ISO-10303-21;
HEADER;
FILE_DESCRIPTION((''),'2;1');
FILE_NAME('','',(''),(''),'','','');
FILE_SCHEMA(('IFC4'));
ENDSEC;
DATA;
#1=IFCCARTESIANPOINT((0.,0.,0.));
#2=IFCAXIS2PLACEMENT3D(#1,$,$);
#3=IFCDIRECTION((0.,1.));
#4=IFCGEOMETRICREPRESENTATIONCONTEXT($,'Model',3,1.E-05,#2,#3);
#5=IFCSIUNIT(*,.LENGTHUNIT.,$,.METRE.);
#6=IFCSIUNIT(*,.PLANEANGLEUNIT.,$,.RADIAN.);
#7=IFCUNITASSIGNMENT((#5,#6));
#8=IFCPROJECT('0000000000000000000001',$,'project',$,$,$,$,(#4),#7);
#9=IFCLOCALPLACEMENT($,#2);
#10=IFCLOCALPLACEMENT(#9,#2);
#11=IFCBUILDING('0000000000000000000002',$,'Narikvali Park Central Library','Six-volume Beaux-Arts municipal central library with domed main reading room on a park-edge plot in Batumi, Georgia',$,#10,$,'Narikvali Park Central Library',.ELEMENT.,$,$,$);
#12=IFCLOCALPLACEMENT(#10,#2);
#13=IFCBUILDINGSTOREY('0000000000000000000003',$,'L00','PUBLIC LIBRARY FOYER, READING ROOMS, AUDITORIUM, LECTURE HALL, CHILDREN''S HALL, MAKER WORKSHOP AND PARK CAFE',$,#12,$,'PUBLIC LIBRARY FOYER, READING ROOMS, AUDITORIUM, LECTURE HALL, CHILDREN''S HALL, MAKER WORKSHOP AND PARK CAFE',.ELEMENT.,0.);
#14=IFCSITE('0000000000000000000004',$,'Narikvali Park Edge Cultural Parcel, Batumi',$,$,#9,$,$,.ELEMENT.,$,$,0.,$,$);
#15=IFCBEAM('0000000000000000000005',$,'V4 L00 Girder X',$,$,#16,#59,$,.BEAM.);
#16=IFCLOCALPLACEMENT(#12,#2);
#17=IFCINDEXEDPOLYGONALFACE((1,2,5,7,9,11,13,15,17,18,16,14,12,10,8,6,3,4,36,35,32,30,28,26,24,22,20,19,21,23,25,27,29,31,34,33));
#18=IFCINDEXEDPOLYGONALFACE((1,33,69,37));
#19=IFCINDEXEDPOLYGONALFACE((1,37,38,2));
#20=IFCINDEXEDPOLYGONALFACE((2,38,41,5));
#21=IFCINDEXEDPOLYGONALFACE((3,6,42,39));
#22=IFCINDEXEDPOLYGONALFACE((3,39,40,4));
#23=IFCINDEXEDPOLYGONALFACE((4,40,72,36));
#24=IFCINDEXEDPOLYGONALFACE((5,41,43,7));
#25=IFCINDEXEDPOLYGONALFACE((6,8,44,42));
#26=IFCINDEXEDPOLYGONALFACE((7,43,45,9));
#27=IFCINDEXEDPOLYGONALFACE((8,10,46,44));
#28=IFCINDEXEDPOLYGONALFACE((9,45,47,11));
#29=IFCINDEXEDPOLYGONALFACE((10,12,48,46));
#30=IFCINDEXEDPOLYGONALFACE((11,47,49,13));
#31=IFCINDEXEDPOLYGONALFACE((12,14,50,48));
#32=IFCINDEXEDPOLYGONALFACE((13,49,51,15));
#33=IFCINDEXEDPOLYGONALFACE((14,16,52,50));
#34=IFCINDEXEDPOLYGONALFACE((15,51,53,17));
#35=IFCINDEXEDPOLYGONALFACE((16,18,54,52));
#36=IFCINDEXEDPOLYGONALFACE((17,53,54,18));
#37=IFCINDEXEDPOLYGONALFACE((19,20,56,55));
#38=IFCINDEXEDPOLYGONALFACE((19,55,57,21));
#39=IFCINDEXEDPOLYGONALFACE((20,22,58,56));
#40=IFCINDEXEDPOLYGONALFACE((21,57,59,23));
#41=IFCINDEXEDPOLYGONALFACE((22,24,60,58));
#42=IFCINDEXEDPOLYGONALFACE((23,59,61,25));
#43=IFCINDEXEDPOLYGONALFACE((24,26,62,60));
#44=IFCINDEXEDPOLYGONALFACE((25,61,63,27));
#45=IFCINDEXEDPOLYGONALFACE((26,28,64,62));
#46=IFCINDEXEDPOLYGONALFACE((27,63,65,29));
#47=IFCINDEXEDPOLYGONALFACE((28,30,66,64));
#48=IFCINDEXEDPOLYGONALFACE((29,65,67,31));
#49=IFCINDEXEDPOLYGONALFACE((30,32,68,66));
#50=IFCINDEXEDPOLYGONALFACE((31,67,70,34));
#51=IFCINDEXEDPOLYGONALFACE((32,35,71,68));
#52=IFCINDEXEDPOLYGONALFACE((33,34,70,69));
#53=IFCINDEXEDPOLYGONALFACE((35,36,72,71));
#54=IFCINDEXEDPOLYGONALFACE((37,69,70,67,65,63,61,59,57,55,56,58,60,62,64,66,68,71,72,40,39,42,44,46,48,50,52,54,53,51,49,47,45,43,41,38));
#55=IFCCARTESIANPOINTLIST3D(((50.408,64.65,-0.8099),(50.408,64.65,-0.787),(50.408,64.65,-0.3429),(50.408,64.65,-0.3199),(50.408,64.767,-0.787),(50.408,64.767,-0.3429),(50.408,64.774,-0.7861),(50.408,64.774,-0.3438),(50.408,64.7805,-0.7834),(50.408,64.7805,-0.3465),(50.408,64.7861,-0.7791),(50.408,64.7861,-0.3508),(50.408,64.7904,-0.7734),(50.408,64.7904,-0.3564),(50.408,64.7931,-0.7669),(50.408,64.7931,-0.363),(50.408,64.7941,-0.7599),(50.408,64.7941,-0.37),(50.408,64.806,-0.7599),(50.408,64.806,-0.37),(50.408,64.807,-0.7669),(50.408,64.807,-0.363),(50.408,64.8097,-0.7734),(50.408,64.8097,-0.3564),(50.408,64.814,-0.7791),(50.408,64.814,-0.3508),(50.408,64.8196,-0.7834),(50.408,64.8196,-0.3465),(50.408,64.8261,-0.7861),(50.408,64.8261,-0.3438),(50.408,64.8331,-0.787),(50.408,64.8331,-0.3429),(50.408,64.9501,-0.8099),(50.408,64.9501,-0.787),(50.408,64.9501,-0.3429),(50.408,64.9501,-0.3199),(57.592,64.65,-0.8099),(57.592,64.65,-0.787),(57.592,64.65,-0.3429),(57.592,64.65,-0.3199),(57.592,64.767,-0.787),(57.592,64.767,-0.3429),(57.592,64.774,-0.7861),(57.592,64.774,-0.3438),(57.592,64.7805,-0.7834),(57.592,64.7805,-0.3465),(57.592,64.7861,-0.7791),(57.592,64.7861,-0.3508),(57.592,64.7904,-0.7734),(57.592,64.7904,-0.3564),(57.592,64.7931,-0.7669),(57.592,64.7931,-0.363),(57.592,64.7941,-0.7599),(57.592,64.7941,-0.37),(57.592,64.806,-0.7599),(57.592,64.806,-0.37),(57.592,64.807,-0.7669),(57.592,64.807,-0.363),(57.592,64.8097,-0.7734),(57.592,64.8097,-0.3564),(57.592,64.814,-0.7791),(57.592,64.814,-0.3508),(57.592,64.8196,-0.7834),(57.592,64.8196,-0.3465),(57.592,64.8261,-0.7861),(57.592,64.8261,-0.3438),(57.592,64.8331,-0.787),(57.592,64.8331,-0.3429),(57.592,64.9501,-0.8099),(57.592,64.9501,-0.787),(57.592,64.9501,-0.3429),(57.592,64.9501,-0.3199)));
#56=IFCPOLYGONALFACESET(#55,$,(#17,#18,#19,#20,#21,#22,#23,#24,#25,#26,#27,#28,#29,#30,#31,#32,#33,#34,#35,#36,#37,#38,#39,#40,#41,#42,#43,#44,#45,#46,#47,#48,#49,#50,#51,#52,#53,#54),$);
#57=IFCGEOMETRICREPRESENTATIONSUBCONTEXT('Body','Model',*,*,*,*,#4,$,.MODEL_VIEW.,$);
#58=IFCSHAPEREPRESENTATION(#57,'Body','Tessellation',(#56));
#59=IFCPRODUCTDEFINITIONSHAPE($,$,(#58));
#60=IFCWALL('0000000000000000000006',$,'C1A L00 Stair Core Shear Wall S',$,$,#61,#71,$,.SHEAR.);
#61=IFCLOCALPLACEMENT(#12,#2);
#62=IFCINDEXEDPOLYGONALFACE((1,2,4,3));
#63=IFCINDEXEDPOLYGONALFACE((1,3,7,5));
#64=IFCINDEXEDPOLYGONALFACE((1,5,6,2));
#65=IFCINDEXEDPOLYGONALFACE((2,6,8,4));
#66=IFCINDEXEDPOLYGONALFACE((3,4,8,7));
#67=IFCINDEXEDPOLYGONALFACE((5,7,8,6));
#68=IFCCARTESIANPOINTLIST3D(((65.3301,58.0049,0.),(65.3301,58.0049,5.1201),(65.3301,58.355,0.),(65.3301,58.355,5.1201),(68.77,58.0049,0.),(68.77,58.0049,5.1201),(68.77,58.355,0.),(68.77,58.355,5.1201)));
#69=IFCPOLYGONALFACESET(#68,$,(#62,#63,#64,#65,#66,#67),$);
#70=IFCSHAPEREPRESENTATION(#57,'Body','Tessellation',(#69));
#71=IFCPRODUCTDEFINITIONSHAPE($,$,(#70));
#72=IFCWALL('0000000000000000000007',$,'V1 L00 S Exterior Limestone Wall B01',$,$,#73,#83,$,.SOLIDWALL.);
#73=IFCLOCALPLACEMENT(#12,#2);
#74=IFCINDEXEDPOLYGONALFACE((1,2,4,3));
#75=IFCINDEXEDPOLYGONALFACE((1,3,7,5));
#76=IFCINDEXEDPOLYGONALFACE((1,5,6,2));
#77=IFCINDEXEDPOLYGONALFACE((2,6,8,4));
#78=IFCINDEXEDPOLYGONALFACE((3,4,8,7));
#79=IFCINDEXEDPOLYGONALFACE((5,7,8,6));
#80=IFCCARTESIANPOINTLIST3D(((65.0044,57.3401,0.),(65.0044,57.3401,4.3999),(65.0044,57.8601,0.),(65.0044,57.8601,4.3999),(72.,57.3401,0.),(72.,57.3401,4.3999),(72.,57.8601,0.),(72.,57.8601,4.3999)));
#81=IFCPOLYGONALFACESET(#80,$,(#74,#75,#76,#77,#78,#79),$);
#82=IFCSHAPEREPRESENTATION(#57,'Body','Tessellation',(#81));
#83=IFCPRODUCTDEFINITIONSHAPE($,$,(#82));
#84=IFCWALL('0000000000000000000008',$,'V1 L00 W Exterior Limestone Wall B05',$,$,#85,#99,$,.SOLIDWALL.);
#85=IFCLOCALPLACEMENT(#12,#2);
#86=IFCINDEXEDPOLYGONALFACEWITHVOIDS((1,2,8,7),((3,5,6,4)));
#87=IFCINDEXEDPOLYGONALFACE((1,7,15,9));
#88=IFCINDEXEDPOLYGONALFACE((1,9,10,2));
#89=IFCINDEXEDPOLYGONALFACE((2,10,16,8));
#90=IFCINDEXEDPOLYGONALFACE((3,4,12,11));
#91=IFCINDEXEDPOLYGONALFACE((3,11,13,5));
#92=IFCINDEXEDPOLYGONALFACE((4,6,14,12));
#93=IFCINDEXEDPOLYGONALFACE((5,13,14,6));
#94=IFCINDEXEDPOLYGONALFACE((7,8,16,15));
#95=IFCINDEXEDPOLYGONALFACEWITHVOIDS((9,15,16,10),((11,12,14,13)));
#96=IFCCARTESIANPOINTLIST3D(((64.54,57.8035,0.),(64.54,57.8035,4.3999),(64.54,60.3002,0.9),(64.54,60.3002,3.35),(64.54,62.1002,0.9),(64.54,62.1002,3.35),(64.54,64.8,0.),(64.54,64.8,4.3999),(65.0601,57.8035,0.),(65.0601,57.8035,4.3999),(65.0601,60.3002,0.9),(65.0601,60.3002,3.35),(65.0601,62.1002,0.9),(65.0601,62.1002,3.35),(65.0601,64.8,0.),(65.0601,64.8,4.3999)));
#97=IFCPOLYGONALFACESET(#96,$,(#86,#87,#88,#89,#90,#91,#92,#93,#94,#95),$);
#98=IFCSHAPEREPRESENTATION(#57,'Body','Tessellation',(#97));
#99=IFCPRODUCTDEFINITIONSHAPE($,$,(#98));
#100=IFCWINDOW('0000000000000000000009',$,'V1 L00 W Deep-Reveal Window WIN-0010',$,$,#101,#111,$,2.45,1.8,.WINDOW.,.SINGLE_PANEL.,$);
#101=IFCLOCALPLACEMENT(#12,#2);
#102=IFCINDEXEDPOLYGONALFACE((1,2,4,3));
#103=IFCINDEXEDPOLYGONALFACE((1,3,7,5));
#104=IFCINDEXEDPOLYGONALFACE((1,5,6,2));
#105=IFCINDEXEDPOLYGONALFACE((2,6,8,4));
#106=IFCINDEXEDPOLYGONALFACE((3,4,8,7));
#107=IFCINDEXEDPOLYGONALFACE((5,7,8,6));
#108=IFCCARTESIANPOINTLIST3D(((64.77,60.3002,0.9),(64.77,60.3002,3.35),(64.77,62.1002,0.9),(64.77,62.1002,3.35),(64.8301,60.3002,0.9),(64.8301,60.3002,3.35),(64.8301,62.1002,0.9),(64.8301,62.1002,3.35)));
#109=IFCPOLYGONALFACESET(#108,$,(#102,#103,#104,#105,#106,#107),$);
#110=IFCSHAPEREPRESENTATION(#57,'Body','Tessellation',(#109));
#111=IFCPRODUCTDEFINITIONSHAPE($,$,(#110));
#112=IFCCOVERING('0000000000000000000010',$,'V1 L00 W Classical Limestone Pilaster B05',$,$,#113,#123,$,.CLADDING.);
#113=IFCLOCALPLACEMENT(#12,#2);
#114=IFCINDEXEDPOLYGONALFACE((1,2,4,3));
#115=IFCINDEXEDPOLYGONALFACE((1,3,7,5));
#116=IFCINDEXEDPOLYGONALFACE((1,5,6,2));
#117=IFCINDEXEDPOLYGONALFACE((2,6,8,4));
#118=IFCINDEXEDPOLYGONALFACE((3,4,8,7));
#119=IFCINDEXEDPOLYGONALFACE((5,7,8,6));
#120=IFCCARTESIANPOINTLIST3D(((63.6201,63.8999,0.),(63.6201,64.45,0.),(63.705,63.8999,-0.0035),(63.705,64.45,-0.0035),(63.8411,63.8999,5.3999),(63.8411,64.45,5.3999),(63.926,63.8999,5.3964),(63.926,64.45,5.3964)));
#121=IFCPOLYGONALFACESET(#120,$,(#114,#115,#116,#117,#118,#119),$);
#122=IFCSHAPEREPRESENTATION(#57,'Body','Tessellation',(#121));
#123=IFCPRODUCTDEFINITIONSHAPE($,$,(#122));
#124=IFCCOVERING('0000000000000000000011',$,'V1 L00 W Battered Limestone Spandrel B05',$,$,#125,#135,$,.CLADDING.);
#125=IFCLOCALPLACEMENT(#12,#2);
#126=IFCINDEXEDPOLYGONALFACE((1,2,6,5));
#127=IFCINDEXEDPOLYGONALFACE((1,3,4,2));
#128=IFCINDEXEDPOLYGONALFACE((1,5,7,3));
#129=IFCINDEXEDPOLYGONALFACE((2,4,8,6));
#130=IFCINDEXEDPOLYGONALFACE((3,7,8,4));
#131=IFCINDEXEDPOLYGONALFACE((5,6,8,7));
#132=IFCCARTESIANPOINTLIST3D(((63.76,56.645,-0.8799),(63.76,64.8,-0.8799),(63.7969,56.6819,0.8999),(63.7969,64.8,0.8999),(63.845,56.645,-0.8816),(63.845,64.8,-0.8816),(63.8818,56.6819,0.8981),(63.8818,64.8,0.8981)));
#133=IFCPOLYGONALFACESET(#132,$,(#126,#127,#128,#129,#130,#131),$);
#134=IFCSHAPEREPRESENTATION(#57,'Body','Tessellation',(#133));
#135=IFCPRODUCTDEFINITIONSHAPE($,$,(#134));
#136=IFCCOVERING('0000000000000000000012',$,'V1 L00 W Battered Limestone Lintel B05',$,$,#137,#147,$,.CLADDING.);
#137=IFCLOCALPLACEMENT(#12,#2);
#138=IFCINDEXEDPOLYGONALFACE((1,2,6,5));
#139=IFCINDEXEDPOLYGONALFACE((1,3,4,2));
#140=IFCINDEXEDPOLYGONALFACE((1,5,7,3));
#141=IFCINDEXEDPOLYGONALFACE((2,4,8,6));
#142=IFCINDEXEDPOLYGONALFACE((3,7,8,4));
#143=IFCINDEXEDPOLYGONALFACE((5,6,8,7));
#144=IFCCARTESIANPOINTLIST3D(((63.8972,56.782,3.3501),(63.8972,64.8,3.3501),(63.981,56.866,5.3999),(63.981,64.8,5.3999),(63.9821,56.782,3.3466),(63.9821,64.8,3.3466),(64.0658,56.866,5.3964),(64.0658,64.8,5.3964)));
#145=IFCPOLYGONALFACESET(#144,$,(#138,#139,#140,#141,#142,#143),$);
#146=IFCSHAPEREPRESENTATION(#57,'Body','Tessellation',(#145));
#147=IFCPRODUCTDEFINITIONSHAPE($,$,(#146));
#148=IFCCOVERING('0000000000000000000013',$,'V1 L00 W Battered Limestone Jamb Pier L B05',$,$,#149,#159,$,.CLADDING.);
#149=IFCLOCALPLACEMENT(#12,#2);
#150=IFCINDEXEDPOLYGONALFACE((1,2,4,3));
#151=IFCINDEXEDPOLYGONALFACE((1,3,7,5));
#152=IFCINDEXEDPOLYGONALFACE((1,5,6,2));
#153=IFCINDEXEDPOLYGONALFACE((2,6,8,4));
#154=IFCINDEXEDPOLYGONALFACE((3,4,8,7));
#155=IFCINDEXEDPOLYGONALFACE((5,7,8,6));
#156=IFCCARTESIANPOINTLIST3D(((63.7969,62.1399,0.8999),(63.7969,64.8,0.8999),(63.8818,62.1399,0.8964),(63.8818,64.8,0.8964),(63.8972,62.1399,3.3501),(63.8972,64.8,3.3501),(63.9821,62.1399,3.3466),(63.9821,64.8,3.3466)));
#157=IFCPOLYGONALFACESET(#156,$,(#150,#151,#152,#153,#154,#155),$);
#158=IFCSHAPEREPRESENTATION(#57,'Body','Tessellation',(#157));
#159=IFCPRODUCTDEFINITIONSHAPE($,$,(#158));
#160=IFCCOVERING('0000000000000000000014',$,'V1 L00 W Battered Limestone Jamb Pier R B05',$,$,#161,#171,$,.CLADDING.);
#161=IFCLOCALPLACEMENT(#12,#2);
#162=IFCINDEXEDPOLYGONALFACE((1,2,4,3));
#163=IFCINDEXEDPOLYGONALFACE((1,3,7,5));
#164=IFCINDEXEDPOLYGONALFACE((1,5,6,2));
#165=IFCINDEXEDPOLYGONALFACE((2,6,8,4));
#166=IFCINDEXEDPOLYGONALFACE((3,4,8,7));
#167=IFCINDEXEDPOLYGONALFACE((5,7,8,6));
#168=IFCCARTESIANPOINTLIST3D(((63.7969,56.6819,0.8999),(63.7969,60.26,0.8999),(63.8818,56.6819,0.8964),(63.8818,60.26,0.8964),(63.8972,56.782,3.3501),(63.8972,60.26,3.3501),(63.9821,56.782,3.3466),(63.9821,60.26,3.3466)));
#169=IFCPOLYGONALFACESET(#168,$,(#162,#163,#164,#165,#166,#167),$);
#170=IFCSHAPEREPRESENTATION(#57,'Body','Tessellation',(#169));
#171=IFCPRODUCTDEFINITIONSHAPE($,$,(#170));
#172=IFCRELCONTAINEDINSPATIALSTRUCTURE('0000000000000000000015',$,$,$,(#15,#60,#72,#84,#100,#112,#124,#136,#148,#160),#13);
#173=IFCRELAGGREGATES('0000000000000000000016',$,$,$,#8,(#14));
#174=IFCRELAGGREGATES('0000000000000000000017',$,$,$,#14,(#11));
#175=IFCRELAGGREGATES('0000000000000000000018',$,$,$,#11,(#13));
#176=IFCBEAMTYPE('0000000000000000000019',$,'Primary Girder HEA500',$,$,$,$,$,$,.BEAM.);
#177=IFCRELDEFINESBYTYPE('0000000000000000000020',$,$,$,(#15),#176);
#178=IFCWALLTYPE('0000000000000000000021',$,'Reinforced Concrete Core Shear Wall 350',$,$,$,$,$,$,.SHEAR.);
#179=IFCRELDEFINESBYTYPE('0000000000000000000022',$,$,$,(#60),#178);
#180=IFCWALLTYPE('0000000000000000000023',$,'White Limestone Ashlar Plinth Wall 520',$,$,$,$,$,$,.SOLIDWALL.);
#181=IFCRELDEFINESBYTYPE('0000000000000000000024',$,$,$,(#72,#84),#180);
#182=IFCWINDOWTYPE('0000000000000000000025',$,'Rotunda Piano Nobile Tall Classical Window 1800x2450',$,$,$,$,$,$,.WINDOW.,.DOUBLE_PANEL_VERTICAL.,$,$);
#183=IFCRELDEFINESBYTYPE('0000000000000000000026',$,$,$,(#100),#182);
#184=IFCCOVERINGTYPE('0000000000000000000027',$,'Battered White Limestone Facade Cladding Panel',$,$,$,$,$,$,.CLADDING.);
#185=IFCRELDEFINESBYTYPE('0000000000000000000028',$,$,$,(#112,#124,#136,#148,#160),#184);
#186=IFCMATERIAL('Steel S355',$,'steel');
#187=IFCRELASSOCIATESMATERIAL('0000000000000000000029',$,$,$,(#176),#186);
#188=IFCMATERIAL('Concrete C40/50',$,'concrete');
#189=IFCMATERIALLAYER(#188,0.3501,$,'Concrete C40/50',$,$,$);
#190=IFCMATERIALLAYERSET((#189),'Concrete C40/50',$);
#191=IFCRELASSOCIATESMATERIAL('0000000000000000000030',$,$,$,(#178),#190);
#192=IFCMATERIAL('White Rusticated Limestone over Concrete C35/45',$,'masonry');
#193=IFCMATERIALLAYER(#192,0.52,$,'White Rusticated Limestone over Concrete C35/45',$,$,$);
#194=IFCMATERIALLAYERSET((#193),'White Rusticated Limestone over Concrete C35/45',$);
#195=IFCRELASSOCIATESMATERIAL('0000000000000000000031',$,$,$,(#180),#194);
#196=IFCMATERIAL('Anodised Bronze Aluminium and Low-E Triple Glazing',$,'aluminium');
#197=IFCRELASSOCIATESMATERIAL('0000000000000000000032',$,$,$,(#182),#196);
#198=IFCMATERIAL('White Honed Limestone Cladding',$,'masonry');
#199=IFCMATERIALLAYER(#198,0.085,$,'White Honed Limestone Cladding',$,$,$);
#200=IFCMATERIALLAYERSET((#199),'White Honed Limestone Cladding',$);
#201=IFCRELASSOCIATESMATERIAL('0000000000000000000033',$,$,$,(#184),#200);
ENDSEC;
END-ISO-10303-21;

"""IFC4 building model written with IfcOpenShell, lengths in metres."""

from ifc_helpers import new_model, si_unit, direction, frame, frame_2d, origin, origin_2d, place, context, subcontext, project, spatial, polyline, rectangle, i_section, outline, extrude, material, layer, layer_set, material_profile, profile_set, type_object, element, fill, save


model = new_model("IFC4")

# Units and contexts
model_context = context("Model", 3, precision=1e-05, world=origin(), true_north=direction((0.0, 1.0)))
body_context = subcontext(model_context, "Body", "Model", "MODEL_VIEW")
ifc_project = project(units=[si_unit("LENGTHUNIT", "METRE"), si_unit("PLANEANGLEUNIT", "RADIAN")], contexts=[model_context])

# Site, building, storey
site_placement = place(None, origin())
site = spatial("IfcSite", under=ifc_project, at=site_placement, Name="Narikvali Park Edge Cultural Parcel, Batumi", CompositionType="ELEMENT", RefElevation=0.0)
building_placement = place(site_placement, origin())
building = spatial("IfcBuilding", under=site, at=building_placement, Name="Narikvali Park Central Library", Description="Six-volume Beaux-Arts municipal central library with domed main reading room on a park-edge plot in Batumi, Georgia", LongName="Narikvali Park Central Library", CompositionType="ELEMENT")
storey_placement = place(building_placement, origin())
storey = spatial("IfcBuildingStorey", under=building, at=storey_placement, Name="L00", Description="PUBLIC LIBRARY FOYER, READING ROOMS, AUDITORIUM, LECTURE HALL, CHILDREN'S HALL, MAKER WORKSHOP AND PARK CAFE", LongName="PUBLIC LIBRARY FOYER, READING ROOMS, AUDITORIUM, LECTURE HALL, CHILDREN'S HALL, MAKER WORKSHOP AND PARK CAFE", CompositionType="ELEMENT", Elevation=0.0)

# Shared definitions
ifc_material_1 = material(Name="Steel S355", Category="steel")

# Beam
ifc_material_profile_1 = material_profile(ifc_material_1, i_section(OverallWidth=0.3, OverallDepth=0.49, WebThickness=0.012, FlangeThickness=0.0229, FilletRadius=0.0271, at=origin_2d()), Name="HEA 500")
ifc_profile_set_1 = profile_set([ifc_material_profile_1], Name="Steel S355")
beam_type_1 = type_object("IfcBeamType", Name="Primary Girder HEA500", PredefinedType="BEAM", material=ifc_profile_set_1)
beam_1_placement = place(storey_placement, frame((50.408, 64.8, -0.5649), z_axis=(1.0, 0.0, 0.0), x_axis=(0.0, 1.0, 0.0)))
element("IfcBeam", 1, at=beam_1_placement, inside=storey, type_object=beam_type_1, Name="V4 L00 Girder X", PredefinedType="BEAM", context=body_context, shape_type="SweptSolid", body=[
    extrude(i_section(OverallWidth=0.3, OverallDepth=0.49, WebThickness=0.012, FlangeThickness=0.0229, FilletRadius=0.0271, at=origin_2d()), origin(), (0.0, 0.0, 1.0), 7.1841),
])

# Walls
ifc_material_2 = material(Name="Concrete C40/50", Category="concrete")
ifc_layer_1 = layer(ifc_material_2, 0.3501, Name="Concrete C40/50")
ifc_layer_set_1 = layer_set([ifc_layer_1], Name="Concrete C40/50")
wall_type_1 = type_object("IfcWallType", Name="Reinforced Concrete Core Shear Wall 350", PredefinedType="SHEAR", material=ifc_layer_set_1)
wall_1_placement = place(storey_placement, frame((65.3301, 58.1799, 0.0), z_axis=(0.0, 0.0, 1.0), x_axis=(1.0, 0.0, 0.0)))
element("IfcWall", 2, at=wall_1_placement, inside=storey, type_object=wall_type_1, Name="C1A L00 Stair Core Shear Wall S", PredefinedType="SHEAR", context=body_context, shape_type="SweptSolid", body=[
    extrude(rectangle(XDim=3.4399, YDim=0.3501, at=frame_2d((1.72, 0.0))), origin(), (0.0, 0.0, 1.0), 5.1201),
])
ifc_material_3 = material(Name="White Rusticated Limestone over Concrete C35/45", Category="masonry")
ifc_layer_2 = layer(ifc_material_3, 0.52, Name="White Rusticated Limestone over Concrete C35/45")
ifc_layer_set_2 = layer_set([ifc_layer_2], Name="White Rusticated Limestone over Concrete C35/45")
wall_type_2 = type_object("IfcWallType", Name="White Limestone Ashlar Plinth Wall 520", PredefinedType="SOLIDWALL", material=ifc_layer_set_2)
wall_2_placement = place(storey_placement, frame((65.0044, 57.6001, 0.0), z_axis=(0.0, 0.0, 1.0), x_axis=(1.0, 0.0, 0.0)))
element("IfcWall", 3, at=wall_2_placement, inside=storey, type_object=wall_type_2, Name="V1 L00 S Exterior Limestone Wall B01", PredefinedType="SOLIDWALL", context=body_context, shape_type="SweptSolid", body=[
    extrude(rectangle(XDim=6.9956, YDim=0.52, at=frame_2d((3.4978, 0.0))), origin(), (0.0, 0.0, 1.0), 4.3999),
])

# Wall, opening, window
wall_3_placement = place(storey_placement, frame((64.8, 64.8, 0.0), z_axis=(0.0, 0.0, 1.0), x_axis=(0.0, -1.0, 0.0)))
wall_3 = element("IfcWall", 4, at=wall_3_placement, inside=storey, type_object=wall_type_2, Name="V1 L00 W Exterior Limestone Wall B05", PredefinedType="SOLIDWALL", context=body_context, shape_type="SweptSolid", body=[
    extrude(rectangle(XDim=6.9966, YDim=0.52, at=frame_2d((3.4983, 0.0))), origin(), (0.0, 0.0, 1.0), 4.3999),
])
opening_placement = place(wall_3_placement, frame((2.7, 0.0, 0.8999)))
opening = element("IfcOpeningElement", 5, at=opening_placement, cuts=wall_3, PredefinedType="OPENING", context=body_context, shape_type="SweptSolid", body=[
    extrude(rectangle(XDim=1.8, YDim=2.45, at=frame_2d((0.8999, 1.2251))), frame((0.0, 0.272, 0.0), z_axis=(0.0, -1.0, 0.0), x_axis=(1.0, 0.0, 0.0)), (0.0, 0.0, 1.0), 0.5439),
])
ifc_material_4 = material(Name="Anodised Bronze Aluminium and Low-E Triple Glazing", Category="aluminium")
window_type = type_object("IfcWindowType", Name="Rotunda Piano Nobile Tall Classical Window 1800x2450", PartitioningType="DOUBLE_PANEL_VERTICAL", PredefinedType="WINDOW", material=ifc_material_4)
window_placement = place(opening_placement, origin())
window = element("IfcWindow", 6, at=window_placement, inside=storey, type_object=window_type, Name="V1 L00 W Deep-Reveal Window WIN-0010", OverallHeight=2.45, OverallWidth=1.8, PartitioningType="SINGLE_PANEL", PredefinedType="WINDOW", context=body_context, shape_type="SweptSolid", body=[
    extrude(rectangle(XDim=1.8, YDim=2.45, at=frame_2d((0.8999, 1.2251))), frame((0.0, 0.03, 0.0), z_axis=(0.0, -1.0, 0.0), x_axis=(1.0, 0.0, 0.0)), (0.0, 0.0, 1.0), 0.0601),
])
fill(opening, window)

# Coverings
ifc_material_5 = material(Name="White Honed Limestone Cladding", Category="masonry")
ifc_layer_3 = layer(ifc_material_5, 0.085, Name="White Honed Limestone Cladding")
ifc_layer_set_3 = layer_set([ifc_layer_3], Name="White Honed Limestone Cladding")
covering_type = type_object("IfcCoveringType", Name="Battered White Limestone Facade Cladding Panel", PredefinedType="CLADDING", material=ifc_layer_set_3)
covering_1_placement = place(storey_placement, frame((63.6201, 64.45, 0.0), z_axis=(-0.999164, 0.0, 0.040883), x_axis=(0.0, -1.0, 0.0)))
element("IfcCovering", 7, at=covering_1_placement, inside=storey, type_object=covering_type, Name="V1 L00 W Classical Limestone Pilaster B05", PredefinedType="CLADDING", context=body_context, shape_type="SweptSolid", body=[
    extrude(outline(polyline([(0.0, 0.0), (0.55, 0.0), (0.55, 5.4044), (0.0, 5.4044), (0.0, 0.0)])), origin(), (0.0, 0.0, -1.0), 0.085),
])
covering_2_placement = place(storey_placement, frame((63.76, 64.8, -0.8799), z_axis=(-0.999786, 0.0, 0.020709), x_axis=(0.0, -1.0, 0.0)))
element("IfcCovering", 8, at=covering_2_placement, inside=storey, type_object=covering_type, Name="V1 L00 W Battered Limestone Spandrel B05", PredefinedType="CLADDING", context=body_context, shape_type="SweptSolid", body=[
    extrude(outline(polyline([(0.0, 0.0), (8.155, 0.0), (8.1182, 1.7802), (0.0, 1.7802), (0.0, 0.0)])), origin(), (0.0, 0.0, -1.0), 0.085),
])
covering_3_placement = place(storey_placement, frame((63.8972, 64.8, 3.3501), z_axis=(-0.999167, 0.0, 0.040819), x_axis=(0.0, -1.0, 0.0)))
element("IfcCovering", 9, at=covering_3_placement, inside=storey, type_object=covering_type, Name="V1 L00 W Battered Limestone Lintel B05", PredefinedType="CLADDING", context=body_context, shape_type="SweptSolid", body=[
    extrude(outline(polyline([(0.0, 0.0), (8.0181, 0.0), (7.9341, 2.0515), (0.0, 2.0515), (0.0, 0.0)])), origin(), (0.0, 0.0, -1.0), 0.085),
])
covering_4_placement = place(storey_placement, frame((63.7969, 64.8, 0.8999), z_axis=(-0.999162, 0.0, 0.040918), x_axis=(0.0, -1.0, 0.0)))
element("IfcCovering", 10, at=covering_4_placement, inside=storey, type_object=covering_type, Name="V1 L00 W Battered Limestone Jamb Pier L B05", PredefinedType="CLADDING", context=body_context, shape_type="SweptSolid", body=[
    extrude(outline(polyline([(0.0, 0.0), (2.6602, 0.0), (2.6602, 2.4522), (0.0, 2.4522), (0.0, 0.0)])), origin(), (0.0, 0.0, -1.0), 0.085),
])
covering_5_placement = place(storey_placement, frame((63.7969, 60.26, 0.8999), z_axis=(-0.999162, 0.0, 0.040918), x_axis=(0.0, -1.0, 0.0)))
element("IfcCovering", 11, at=covering_5_placement, inside=storey, type_object=covering_type, Name="V1 L00 W Battered Limestone Jamb Pier R B05", PredefinedType="CLADDING", context=body_context, shape_type="SweptSolid", body=[
    extrude(outline(polyline([(0.0, 0.0), (3.5781, 0.0), (3.478, 2.4522), (0.0, 2.4522), (0.0, 0.0)])), origin(), (0.0, 0.0, -1.0), 0.085),
])

save(model, "model.ifc")
